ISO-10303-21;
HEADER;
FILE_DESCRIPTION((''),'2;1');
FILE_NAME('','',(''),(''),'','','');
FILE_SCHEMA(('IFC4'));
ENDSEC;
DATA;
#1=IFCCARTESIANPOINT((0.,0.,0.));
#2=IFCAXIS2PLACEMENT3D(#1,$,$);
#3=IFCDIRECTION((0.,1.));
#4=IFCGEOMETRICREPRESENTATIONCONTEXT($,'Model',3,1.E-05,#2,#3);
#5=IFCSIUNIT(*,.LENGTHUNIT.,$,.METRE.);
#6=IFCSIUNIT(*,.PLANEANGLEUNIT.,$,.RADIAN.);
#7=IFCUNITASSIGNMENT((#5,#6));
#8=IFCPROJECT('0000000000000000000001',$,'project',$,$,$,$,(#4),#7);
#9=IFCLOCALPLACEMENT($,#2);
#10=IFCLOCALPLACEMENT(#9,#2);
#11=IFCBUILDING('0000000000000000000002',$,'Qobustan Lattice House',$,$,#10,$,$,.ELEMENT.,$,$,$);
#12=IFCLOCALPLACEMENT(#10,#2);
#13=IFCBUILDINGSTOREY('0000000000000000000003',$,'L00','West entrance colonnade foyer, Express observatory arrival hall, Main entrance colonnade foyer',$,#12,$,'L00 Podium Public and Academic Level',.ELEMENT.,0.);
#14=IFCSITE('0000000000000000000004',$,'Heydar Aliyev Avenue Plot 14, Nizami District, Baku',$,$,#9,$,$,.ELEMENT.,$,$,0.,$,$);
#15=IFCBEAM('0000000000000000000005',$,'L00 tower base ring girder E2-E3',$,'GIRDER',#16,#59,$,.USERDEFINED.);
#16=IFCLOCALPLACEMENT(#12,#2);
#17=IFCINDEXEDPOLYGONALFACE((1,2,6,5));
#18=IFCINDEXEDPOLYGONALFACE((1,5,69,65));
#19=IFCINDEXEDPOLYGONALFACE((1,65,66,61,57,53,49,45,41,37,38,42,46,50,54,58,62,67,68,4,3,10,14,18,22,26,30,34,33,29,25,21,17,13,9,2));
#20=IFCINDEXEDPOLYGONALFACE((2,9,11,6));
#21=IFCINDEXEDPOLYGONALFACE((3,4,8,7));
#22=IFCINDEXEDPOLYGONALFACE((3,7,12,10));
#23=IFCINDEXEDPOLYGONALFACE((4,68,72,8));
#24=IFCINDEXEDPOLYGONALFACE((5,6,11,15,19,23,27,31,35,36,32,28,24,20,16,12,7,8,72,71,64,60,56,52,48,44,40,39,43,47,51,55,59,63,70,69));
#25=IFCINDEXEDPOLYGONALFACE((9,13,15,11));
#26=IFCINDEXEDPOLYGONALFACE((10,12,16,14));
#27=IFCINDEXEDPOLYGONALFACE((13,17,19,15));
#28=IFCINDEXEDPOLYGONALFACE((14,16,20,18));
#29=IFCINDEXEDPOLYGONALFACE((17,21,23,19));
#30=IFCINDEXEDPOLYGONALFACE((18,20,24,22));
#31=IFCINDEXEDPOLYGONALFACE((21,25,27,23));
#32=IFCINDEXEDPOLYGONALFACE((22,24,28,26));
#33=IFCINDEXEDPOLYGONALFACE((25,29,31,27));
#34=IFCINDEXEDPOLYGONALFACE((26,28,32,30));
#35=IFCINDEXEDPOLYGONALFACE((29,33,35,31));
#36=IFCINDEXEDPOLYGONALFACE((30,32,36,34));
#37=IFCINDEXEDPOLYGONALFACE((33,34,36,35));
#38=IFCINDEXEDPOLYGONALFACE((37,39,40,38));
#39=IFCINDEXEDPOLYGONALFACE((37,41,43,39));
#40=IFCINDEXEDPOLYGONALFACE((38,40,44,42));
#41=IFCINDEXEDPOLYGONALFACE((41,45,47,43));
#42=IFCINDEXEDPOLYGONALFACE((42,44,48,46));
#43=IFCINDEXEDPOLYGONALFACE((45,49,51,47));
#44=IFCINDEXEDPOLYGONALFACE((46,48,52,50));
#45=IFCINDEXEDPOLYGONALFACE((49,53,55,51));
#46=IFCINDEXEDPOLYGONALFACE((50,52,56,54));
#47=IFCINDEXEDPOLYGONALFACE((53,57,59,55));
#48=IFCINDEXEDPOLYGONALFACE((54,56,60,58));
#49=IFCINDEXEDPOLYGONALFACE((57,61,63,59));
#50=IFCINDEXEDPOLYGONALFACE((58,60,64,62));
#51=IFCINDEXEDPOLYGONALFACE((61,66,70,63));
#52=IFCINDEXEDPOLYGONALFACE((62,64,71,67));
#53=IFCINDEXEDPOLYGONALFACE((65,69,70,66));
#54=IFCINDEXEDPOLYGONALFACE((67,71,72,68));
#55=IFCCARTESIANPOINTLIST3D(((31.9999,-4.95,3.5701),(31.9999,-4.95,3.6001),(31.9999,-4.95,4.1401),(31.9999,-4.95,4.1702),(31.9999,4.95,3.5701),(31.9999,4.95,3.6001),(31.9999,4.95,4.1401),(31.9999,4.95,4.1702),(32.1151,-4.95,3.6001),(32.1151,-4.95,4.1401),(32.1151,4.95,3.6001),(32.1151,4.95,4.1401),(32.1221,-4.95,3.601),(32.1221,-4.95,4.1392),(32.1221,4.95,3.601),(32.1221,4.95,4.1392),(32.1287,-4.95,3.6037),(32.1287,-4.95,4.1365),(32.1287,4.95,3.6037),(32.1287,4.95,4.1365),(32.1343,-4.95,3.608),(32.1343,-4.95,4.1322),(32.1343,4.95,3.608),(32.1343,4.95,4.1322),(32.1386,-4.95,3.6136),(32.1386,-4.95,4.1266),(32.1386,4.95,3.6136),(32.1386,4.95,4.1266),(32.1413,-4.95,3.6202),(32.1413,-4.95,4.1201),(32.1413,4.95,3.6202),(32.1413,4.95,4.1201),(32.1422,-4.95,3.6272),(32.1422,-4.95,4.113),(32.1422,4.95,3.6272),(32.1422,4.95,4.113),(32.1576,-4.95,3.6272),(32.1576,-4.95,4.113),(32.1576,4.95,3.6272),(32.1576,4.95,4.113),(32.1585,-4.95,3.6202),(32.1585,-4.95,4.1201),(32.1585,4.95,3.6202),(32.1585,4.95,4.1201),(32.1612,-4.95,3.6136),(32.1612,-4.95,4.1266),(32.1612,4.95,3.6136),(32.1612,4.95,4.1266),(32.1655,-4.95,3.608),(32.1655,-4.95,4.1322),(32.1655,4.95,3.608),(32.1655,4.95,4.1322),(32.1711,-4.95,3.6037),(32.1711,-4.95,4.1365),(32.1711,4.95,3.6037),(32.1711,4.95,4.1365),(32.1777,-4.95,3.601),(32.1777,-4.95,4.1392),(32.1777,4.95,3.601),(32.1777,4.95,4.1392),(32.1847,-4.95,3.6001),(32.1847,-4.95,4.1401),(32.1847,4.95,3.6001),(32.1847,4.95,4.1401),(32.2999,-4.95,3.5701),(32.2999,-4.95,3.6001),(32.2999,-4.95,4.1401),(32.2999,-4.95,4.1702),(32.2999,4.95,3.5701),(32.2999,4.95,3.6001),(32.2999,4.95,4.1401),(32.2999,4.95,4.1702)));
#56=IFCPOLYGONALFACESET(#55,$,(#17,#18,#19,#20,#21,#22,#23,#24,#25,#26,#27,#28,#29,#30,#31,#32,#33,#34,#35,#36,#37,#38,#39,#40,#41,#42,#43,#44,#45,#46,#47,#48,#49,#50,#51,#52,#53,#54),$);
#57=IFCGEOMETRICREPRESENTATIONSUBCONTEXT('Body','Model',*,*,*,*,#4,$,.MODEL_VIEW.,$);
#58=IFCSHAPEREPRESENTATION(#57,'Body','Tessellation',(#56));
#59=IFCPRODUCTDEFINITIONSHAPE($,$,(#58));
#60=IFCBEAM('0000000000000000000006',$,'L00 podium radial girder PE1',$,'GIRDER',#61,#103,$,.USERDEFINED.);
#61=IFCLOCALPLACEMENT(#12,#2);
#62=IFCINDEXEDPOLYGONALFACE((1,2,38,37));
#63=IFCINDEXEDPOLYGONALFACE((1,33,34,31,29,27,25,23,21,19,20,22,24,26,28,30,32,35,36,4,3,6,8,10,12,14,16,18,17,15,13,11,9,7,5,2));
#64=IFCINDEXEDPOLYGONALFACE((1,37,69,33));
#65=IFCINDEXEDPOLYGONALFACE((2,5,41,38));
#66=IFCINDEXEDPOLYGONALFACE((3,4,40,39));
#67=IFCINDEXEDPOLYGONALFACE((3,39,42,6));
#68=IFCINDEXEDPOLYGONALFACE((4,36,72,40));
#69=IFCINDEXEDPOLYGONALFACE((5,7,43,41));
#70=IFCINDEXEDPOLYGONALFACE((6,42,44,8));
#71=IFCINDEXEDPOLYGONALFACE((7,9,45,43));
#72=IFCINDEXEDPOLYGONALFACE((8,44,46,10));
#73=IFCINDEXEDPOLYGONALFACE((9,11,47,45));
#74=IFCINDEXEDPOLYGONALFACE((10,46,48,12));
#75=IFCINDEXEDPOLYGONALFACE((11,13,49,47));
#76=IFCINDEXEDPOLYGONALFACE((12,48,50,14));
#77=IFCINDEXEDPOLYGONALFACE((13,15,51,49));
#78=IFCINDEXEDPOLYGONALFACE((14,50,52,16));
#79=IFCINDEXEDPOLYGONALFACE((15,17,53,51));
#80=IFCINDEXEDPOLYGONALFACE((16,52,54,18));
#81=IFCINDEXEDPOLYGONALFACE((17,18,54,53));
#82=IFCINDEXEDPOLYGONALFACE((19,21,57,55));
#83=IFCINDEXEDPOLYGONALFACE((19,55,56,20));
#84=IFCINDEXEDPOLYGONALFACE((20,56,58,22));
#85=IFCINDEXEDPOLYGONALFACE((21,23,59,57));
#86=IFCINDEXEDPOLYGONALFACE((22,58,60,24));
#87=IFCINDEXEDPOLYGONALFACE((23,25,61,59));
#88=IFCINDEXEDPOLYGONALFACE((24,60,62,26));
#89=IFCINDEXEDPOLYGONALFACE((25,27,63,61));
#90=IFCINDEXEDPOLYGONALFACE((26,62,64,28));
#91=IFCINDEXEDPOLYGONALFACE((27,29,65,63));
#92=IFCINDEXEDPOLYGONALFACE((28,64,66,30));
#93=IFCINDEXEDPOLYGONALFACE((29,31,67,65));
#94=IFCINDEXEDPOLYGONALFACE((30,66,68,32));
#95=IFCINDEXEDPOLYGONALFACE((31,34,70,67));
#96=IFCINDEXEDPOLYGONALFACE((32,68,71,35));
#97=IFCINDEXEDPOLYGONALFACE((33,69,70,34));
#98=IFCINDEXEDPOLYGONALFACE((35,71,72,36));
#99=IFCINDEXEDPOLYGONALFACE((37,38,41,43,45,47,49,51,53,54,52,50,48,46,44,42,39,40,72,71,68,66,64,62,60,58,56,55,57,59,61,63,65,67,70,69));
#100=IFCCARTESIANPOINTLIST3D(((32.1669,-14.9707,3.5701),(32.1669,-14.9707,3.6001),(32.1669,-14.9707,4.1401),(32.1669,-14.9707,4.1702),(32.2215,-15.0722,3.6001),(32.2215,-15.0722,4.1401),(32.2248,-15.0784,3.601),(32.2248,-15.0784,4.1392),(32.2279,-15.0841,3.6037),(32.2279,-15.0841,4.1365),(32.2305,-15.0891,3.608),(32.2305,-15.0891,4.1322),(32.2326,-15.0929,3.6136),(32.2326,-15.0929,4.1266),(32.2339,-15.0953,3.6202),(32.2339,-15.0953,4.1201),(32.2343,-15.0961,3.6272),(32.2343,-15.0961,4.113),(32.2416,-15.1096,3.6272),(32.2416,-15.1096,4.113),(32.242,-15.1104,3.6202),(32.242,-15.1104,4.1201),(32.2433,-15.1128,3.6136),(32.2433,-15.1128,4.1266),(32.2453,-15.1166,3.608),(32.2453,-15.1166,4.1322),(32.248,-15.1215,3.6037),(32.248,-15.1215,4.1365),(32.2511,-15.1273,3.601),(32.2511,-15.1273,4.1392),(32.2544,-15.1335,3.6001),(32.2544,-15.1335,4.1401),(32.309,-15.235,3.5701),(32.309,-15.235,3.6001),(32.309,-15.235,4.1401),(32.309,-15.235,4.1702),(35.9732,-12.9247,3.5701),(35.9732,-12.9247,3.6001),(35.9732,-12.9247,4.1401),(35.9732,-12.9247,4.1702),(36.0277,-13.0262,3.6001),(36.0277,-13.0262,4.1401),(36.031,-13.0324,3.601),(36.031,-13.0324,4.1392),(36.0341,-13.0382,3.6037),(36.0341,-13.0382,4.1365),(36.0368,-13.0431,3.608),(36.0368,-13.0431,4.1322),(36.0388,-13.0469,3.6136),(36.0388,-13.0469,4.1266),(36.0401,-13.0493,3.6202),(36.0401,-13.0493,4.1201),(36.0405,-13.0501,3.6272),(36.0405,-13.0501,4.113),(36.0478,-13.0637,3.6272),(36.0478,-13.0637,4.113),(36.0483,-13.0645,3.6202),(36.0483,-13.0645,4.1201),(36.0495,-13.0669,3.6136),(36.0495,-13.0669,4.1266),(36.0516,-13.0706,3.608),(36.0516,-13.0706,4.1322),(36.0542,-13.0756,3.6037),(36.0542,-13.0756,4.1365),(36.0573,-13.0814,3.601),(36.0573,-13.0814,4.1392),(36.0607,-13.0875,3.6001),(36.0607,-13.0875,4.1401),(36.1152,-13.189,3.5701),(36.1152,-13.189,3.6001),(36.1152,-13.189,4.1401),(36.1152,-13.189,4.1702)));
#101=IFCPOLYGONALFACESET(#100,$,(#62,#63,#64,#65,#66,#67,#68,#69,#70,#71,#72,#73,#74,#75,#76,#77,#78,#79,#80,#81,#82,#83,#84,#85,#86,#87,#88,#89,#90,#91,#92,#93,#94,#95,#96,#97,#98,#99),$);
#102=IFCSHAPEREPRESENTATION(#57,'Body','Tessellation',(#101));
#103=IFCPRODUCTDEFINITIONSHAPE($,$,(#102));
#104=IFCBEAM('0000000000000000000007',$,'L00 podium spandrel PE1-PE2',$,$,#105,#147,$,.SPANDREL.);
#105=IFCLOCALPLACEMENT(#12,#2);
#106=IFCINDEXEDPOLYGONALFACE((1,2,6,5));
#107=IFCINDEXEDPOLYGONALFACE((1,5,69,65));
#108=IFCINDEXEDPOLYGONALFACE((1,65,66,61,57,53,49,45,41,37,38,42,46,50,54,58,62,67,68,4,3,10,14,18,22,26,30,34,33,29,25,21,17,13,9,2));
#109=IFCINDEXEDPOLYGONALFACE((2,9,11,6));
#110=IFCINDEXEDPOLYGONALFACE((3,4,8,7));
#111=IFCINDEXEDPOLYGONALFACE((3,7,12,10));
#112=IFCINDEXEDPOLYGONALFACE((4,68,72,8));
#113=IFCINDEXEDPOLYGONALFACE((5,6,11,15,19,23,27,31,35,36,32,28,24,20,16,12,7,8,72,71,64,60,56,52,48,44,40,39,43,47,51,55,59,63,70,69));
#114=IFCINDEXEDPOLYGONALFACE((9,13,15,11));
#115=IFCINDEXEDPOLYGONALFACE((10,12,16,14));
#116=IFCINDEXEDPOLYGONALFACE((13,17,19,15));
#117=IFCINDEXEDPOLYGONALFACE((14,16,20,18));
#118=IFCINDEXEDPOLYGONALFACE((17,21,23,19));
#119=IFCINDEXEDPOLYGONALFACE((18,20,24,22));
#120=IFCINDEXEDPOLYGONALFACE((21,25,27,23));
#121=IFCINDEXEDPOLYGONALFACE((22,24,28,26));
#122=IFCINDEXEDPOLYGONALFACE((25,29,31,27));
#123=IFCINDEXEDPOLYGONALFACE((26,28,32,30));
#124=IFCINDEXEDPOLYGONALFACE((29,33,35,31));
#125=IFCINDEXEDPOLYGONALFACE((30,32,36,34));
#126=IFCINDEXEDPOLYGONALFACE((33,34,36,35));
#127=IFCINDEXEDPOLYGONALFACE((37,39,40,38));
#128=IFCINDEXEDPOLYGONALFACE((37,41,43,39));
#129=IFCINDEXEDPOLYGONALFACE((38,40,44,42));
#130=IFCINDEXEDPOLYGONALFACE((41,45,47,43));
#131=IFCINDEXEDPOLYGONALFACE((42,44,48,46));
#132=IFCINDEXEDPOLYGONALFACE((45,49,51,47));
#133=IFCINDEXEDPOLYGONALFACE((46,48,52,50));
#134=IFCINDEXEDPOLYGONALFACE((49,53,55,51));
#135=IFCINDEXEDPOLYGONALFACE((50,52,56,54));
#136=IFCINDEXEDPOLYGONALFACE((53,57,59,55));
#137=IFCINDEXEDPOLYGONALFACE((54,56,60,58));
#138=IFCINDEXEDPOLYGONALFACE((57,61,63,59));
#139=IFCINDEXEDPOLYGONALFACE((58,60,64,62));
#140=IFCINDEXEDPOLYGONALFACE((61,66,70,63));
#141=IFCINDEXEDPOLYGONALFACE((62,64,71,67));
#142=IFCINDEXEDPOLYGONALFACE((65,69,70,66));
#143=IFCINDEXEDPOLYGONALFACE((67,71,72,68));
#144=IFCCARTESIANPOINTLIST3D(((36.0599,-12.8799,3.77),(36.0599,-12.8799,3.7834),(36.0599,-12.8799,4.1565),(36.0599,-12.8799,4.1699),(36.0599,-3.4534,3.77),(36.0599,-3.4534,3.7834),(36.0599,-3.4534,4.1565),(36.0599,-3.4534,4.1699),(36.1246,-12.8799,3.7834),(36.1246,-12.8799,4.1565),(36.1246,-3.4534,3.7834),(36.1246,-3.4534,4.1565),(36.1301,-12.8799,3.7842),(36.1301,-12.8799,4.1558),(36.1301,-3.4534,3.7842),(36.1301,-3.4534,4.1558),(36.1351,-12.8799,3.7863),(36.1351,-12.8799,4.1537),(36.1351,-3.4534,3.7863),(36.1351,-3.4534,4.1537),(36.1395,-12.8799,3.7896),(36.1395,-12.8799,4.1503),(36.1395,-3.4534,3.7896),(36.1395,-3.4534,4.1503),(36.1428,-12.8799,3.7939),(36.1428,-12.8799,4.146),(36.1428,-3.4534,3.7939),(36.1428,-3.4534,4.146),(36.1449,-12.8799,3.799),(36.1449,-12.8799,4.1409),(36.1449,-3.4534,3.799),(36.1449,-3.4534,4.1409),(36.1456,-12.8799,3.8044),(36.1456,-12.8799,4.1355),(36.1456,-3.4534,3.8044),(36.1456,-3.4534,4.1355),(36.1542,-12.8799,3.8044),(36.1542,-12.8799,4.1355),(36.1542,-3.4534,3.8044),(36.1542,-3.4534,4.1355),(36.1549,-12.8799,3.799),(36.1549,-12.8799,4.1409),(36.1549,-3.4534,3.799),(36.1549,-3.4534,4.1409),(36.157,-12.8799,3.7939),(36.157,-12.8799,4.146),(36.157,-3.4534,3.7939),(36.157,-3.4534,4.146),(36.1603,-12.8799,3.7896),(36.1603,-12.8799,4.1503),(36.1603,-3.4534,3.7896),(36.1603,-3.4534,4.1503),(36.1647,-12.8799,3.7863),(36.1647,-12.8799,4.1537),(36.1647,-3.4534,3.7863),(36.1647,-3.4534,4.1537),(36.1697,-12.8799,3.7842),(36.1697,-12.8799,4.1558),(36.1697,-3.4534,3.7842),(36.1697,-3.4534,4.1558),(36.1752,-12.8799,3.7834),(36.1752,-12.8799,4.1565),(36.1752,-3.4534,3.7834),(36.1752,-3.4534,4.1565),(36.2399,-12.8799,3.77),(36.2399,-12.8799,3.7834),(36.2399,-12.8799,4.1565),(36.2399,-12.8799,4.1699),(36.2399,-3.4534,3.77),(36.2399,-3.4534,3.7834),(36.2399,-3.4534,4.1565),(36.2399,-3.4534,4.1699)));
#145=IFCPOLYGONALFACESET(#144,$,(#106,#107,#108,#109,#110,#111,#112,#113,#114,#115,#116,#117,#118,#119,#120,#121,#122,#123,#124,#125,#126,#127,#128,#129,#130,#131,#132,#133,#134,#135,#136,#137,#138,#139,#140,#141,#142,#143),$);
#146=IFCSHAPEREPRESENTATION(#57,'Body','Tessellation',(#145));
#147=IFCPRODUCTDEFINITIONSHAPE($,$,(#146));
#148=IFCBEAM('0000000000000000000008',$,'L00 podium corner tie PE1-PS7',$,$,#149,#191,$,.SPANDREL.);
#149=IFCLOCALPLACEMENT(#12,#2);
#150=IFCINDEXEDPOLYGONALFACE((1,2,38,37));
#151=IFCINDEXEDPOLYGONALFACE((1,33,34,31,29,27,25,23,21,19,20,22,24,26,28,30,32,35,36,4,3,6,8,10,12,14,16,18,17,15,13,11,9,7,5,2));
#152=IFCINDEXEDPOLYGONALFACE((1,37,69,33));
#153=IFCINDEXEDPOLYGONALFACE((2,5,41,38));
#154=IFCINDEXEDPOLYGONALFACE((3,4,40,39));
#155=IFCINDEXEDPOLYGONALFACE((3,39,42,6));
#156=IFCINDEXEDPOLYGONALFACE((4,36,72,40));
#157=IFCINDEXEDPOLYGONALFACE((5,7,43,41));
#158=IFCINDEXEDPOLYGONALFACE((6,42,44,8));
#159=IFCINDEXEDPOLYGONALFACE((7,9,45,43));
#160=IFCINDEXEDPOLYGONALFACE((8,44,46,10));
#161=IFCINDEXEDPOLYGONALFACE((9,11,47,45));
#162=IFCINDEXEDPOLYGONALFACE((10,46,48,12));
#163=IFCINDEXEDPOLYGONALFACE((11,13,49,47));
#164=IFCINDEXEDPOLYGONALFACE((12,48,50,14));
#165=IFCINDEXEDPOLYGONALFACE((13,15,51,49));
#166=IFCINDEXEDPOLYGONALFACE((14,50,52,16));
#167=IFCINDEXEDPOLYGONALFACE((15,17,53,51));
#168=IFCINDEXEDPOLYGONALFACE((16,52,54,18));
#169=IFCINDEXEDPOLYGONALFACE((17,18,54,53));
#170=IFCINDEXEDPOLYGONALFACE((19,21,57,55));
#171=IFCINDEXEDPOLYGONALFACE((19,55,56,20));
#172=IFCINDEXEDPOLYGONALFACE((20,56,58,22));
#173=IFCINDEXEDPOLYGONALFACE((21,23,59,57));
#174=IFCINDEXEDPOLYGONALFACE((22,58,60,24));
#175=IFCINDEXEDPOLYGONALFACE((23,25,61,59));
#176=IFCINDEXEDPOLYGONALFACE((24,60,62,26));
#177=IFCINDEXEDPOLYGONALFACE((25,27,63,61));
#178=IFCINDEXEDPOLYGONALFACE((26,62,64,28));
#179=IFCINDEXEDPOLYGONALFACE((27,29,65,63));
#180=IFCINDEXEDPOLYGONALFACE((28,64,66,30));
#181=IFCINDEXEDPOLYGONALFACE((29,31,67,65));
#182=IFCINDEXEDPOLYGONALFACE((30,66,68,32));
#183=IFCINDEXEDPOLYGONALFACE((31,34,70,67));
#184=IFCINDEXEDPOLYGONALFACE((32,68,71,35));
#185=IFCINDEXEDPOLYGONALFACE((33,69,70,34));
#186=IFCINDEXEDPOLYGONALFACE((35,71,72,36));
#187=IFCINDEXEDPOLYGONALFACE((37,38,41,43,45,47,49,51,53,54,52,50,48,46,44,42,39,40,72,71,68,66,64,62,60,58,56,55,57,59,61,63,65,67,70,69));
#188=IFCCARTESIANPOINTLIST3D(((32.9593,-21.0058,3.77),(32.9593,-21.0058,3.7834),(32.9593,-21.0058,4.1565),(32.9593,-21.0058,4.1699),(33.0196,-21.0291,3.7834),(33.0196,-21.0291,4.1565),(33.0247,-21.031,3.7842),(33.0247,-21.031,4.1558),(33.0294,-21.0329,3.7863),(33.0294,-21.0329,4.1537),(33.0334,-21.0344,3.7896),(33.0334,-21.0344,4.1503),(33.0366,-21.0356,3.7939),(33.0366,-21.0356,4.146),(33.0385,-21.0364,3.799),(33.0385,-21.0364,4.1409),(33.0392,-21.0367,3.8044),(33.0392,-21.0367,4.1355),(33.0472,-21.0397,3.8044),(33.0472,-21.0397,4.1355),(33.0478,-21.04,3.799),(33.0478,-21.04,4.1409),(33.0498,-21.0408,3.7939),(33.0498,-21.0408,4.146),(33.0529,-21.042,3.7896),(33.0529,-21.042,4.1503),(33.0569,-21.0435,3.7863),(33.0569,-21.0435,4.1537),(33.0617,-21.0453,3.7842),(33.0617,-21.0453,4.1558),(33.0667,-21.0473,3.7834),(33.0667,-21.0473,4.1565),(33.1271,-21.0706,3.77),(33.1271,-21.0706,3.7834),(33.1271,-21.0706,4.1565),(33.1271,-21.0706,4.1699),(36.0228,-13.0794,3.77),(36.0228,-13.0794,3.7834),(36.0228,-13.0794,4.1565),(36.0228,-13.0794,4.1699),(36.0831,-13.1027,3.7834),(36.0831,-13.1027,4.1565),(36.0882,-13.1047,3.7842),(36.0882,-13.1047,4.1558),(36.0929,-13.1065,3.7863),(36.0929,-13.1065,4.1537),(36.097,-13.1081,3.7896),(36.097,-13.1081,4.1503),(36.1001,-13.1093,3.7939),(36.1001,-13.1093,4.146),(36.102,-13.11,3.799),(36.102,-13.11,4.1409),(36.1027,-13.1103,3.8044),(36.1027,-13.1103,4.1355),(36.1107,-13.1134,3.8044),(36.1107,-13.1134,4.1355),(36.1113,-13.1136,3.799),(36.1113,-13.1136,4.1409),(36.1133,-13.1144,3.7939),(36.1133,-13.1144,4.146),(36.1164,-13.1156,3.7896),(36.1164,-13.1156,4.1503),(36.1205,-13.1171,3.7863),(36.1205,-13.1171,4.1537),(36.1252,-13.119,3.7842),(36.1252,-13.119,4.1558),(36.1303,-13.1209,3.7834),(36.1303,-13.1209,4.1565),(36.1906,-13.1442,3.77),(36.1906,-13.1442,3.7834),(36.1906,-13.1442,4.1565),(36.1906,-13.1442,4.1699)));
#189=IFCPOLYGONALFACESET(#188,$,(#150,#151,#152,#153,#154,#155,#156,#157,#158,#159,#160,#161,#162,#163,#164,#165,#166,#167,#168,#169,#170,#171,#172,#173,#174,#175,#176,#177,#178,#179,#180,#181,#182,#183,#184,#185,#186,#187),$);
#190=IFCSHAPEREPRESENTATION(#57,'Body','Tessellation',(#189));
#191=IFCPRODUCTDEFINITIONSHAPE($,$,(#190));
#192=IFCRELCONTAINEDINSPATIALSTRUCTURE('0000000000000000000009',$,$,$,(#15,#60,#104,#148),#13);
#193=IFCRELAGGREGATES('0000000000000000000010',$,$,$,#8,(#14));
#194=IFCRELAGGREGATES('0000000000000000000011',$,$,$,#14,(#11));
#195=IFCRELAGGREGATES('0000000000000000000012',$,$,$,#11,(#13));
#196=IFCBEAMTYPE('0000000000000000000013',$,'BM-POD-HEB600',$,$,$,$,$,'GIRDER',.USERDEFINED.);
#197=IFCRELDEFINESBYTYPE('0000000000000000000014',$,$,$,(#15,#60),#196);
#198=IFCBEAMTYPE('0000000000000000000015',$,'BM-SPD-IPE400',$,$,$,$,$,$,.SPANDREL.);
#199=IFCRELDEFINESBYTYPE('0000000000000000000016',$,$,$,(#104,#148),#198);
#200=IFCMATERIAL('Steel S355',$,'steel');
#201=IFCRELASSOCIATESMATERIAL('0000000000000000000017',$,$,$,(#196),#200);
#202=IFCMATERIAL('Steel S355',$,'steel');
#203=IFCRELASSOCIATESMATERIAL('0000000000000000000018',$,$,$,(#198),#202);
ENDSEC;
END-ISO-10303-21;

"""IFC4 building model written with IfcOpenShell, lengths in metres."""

from ifc_helpers import new_model, si_unit, direction, frame, origin, origin_2d, place, context, subcontext, project, spatial, i_section, extrude, material, material_profile, profile_set, type_object, element, save


model = new_model("IFC4")

# Units and contexts
model_context = context("Model", 3, precision=1e-05, world=origin(), true_north=direction((0.0, 1.0)))
body_context = subcontext(model_context, "Body", "Model", "MODEL_VIEW")
ifc_project = project(units=[si_unit("LENGTHUNIT", "METRE"), si_unit("PLANEANGLEUNIT", "RADIAN")], contexts=[model_context])

# Site, building, storey
site_placement = place(None, origin())
site = spatial("IfcSite", under=ifc_project, at=site_placement, Name="Heydar Aliyev Avenue Plot 14, Nizami District, Baku", CompositionType="ELEMENT", RefElevation=0.0)
building_placement = place(site_placement, origin())
building = spatial("IfcBuilding", under=site, at=building_placement, Name="Qobustan Lattice House", CompositionType="ELEMENT")
storey_placement = place(building_placement, origin())
storey = spatial("IfcBuildingStorey", under=building, at=storey_placement, Name="L00", Description="West entrance colonnade foyer, Express observatory arrival hall, Main entrance colonnade foyer", LongName="L00 Podium Public and Academic Level", CompositionType="ELEMENT", Elevation=0.0)

# Beams
ifc_material_1 = material(Name="Steel S355", Category="steel")
ifc_material_profile_1 = material_profile(ifc_material_1, i_section(OverallWidth=0.3, OverallDepth=0.6001, WebThickness=0.0154, FlangeThickness=0.03, FilletRadius=0.0271, at=origin_2d()), Name="HEB600")
ifc_profile_set_1 = profile_set([ifc_material_profile_1], Name="Steel S355")
beam_type_1 = type_object("IfcBeamType", Name="BM-POD-HEB600", ElementType="GIRDER", PredefinedType="USERDEFINED", material=ifc_profile_set_1)
beam_1_placement = place(storey_placement, frame((32.1499, -4.95, 3.8701), z_axis=(0.0, 1.0, 0.0), x_axis=(-1.0, 0.0, 0.0)))
element("IfcBeam", 1, at=beam_1_placement, inside=storey, type_object=beam_type_1, Name="L00 tower base ring girder E2-E3", ObjectType="GIRDER", PredefinedType="USERDEFINED", context=body_context, shape_type="SweptSolid", body=[
    extrude(i_section(OverallWidth=0.3, OverallDepth=0.6001, WebThickness=0.0154, FlangeThickness=0.03, FilletRadius=0.0271, at=origin_2d()), origin(), (0.0, 0.0, 1.0), 9.8999),
])
beam_2_placement = place(storey_placement, frame((36.0442, -13.0569, 3.8701), z_axis=(-0.880816, -0.47346, 0.0), x_axis=(0.47346, -0.880816, 0.0)))
element("IfcBeam", 2, at=beam_2_placement, inside=storey, type_object=beam_type_1, Name="L00 podium radial girder PE1", ObjectType="GIRDER", PredefinedType="USERDEFINED", context=body_context, shape_type="SweptSolid", body=[
    extrude(i_section(OverallWidth=0.3, OverallDepth=0.6001, WebThickness=0.0154, FlangeThickness=0.03, FilletRadius=0.0271, at=origin_2d()), origin(), (0.0, 0.0, 1.0), 4.3213),
])
ifc_material_2 = material(Name="Steel S355", Category="steel")
ifc_material_profile_2 = material_profile(ifc_material_2, i_section(OverallWidth=0.1799, OverallDepth=0.3999, WebThickness=0.0085, FlangeThickness=0.0134, FilletRadius=0.021, at=origin_2d()), Name="IPE400")
ifc_profile_set_2 = profile_set([ifc_material_profile_2], Name="Steel S355")
beam_type_2 = type_object("IfcBeamType", Name="BM-SPD-IPE400", PredefinedType="SPANDREL", material=ifc_profile_set_2)
beam_3_placement = place(storey_placement, frame((36.1499, -12.8799, 3.97), z_axis=(0.0, 1.0, 0.0), x_axis=(-1.0, 0.0, 0.0)))
element("IfcBeam", 3, at=beam_3_placement, inside=storey, type_object=beam_type_2, Name="L00 podium spandrel PE1-PE2", PredefinedType="SPANDREL", context=body_context, shape_type="SweptSolid", body=[
    extrude(i_section(OverallWidth=0.1799, OverallDepth=0.3999, WebThickness=0.0085, FlangeThickness=0.0134, FilletRadius=0.021, at=origin_2d()), origin(), (0.0, 0.0, 1.0), 9.4265),
])
beam_4_placement = place(storey_placement, frame((36.1067, -13.1118, 3.97), z_axis=(-0.360507, -0.932756, 0.0), x_axis=(0.932756, -0.360507, 0.0)))
element("IfcBeam", 4, at=beam_4_placement, inside=storey, type_object=beam_type_2, Name="L00 podium corner tie PE1-PS7", PredefinedType="SPANDREL", context=body_context, shape_type="SweptSolid", body=[
    extrude(i_section(OverallWidth=0.1799, OverallDepth=0.3999, WebThickness=0.0085, FlangeThickness=0.0134, FilletRadius=0.021, at=origin_2d()), origin(), (0.0, 0.0, 1.0), 8.4978),
])

save(model, "model.ifc")
